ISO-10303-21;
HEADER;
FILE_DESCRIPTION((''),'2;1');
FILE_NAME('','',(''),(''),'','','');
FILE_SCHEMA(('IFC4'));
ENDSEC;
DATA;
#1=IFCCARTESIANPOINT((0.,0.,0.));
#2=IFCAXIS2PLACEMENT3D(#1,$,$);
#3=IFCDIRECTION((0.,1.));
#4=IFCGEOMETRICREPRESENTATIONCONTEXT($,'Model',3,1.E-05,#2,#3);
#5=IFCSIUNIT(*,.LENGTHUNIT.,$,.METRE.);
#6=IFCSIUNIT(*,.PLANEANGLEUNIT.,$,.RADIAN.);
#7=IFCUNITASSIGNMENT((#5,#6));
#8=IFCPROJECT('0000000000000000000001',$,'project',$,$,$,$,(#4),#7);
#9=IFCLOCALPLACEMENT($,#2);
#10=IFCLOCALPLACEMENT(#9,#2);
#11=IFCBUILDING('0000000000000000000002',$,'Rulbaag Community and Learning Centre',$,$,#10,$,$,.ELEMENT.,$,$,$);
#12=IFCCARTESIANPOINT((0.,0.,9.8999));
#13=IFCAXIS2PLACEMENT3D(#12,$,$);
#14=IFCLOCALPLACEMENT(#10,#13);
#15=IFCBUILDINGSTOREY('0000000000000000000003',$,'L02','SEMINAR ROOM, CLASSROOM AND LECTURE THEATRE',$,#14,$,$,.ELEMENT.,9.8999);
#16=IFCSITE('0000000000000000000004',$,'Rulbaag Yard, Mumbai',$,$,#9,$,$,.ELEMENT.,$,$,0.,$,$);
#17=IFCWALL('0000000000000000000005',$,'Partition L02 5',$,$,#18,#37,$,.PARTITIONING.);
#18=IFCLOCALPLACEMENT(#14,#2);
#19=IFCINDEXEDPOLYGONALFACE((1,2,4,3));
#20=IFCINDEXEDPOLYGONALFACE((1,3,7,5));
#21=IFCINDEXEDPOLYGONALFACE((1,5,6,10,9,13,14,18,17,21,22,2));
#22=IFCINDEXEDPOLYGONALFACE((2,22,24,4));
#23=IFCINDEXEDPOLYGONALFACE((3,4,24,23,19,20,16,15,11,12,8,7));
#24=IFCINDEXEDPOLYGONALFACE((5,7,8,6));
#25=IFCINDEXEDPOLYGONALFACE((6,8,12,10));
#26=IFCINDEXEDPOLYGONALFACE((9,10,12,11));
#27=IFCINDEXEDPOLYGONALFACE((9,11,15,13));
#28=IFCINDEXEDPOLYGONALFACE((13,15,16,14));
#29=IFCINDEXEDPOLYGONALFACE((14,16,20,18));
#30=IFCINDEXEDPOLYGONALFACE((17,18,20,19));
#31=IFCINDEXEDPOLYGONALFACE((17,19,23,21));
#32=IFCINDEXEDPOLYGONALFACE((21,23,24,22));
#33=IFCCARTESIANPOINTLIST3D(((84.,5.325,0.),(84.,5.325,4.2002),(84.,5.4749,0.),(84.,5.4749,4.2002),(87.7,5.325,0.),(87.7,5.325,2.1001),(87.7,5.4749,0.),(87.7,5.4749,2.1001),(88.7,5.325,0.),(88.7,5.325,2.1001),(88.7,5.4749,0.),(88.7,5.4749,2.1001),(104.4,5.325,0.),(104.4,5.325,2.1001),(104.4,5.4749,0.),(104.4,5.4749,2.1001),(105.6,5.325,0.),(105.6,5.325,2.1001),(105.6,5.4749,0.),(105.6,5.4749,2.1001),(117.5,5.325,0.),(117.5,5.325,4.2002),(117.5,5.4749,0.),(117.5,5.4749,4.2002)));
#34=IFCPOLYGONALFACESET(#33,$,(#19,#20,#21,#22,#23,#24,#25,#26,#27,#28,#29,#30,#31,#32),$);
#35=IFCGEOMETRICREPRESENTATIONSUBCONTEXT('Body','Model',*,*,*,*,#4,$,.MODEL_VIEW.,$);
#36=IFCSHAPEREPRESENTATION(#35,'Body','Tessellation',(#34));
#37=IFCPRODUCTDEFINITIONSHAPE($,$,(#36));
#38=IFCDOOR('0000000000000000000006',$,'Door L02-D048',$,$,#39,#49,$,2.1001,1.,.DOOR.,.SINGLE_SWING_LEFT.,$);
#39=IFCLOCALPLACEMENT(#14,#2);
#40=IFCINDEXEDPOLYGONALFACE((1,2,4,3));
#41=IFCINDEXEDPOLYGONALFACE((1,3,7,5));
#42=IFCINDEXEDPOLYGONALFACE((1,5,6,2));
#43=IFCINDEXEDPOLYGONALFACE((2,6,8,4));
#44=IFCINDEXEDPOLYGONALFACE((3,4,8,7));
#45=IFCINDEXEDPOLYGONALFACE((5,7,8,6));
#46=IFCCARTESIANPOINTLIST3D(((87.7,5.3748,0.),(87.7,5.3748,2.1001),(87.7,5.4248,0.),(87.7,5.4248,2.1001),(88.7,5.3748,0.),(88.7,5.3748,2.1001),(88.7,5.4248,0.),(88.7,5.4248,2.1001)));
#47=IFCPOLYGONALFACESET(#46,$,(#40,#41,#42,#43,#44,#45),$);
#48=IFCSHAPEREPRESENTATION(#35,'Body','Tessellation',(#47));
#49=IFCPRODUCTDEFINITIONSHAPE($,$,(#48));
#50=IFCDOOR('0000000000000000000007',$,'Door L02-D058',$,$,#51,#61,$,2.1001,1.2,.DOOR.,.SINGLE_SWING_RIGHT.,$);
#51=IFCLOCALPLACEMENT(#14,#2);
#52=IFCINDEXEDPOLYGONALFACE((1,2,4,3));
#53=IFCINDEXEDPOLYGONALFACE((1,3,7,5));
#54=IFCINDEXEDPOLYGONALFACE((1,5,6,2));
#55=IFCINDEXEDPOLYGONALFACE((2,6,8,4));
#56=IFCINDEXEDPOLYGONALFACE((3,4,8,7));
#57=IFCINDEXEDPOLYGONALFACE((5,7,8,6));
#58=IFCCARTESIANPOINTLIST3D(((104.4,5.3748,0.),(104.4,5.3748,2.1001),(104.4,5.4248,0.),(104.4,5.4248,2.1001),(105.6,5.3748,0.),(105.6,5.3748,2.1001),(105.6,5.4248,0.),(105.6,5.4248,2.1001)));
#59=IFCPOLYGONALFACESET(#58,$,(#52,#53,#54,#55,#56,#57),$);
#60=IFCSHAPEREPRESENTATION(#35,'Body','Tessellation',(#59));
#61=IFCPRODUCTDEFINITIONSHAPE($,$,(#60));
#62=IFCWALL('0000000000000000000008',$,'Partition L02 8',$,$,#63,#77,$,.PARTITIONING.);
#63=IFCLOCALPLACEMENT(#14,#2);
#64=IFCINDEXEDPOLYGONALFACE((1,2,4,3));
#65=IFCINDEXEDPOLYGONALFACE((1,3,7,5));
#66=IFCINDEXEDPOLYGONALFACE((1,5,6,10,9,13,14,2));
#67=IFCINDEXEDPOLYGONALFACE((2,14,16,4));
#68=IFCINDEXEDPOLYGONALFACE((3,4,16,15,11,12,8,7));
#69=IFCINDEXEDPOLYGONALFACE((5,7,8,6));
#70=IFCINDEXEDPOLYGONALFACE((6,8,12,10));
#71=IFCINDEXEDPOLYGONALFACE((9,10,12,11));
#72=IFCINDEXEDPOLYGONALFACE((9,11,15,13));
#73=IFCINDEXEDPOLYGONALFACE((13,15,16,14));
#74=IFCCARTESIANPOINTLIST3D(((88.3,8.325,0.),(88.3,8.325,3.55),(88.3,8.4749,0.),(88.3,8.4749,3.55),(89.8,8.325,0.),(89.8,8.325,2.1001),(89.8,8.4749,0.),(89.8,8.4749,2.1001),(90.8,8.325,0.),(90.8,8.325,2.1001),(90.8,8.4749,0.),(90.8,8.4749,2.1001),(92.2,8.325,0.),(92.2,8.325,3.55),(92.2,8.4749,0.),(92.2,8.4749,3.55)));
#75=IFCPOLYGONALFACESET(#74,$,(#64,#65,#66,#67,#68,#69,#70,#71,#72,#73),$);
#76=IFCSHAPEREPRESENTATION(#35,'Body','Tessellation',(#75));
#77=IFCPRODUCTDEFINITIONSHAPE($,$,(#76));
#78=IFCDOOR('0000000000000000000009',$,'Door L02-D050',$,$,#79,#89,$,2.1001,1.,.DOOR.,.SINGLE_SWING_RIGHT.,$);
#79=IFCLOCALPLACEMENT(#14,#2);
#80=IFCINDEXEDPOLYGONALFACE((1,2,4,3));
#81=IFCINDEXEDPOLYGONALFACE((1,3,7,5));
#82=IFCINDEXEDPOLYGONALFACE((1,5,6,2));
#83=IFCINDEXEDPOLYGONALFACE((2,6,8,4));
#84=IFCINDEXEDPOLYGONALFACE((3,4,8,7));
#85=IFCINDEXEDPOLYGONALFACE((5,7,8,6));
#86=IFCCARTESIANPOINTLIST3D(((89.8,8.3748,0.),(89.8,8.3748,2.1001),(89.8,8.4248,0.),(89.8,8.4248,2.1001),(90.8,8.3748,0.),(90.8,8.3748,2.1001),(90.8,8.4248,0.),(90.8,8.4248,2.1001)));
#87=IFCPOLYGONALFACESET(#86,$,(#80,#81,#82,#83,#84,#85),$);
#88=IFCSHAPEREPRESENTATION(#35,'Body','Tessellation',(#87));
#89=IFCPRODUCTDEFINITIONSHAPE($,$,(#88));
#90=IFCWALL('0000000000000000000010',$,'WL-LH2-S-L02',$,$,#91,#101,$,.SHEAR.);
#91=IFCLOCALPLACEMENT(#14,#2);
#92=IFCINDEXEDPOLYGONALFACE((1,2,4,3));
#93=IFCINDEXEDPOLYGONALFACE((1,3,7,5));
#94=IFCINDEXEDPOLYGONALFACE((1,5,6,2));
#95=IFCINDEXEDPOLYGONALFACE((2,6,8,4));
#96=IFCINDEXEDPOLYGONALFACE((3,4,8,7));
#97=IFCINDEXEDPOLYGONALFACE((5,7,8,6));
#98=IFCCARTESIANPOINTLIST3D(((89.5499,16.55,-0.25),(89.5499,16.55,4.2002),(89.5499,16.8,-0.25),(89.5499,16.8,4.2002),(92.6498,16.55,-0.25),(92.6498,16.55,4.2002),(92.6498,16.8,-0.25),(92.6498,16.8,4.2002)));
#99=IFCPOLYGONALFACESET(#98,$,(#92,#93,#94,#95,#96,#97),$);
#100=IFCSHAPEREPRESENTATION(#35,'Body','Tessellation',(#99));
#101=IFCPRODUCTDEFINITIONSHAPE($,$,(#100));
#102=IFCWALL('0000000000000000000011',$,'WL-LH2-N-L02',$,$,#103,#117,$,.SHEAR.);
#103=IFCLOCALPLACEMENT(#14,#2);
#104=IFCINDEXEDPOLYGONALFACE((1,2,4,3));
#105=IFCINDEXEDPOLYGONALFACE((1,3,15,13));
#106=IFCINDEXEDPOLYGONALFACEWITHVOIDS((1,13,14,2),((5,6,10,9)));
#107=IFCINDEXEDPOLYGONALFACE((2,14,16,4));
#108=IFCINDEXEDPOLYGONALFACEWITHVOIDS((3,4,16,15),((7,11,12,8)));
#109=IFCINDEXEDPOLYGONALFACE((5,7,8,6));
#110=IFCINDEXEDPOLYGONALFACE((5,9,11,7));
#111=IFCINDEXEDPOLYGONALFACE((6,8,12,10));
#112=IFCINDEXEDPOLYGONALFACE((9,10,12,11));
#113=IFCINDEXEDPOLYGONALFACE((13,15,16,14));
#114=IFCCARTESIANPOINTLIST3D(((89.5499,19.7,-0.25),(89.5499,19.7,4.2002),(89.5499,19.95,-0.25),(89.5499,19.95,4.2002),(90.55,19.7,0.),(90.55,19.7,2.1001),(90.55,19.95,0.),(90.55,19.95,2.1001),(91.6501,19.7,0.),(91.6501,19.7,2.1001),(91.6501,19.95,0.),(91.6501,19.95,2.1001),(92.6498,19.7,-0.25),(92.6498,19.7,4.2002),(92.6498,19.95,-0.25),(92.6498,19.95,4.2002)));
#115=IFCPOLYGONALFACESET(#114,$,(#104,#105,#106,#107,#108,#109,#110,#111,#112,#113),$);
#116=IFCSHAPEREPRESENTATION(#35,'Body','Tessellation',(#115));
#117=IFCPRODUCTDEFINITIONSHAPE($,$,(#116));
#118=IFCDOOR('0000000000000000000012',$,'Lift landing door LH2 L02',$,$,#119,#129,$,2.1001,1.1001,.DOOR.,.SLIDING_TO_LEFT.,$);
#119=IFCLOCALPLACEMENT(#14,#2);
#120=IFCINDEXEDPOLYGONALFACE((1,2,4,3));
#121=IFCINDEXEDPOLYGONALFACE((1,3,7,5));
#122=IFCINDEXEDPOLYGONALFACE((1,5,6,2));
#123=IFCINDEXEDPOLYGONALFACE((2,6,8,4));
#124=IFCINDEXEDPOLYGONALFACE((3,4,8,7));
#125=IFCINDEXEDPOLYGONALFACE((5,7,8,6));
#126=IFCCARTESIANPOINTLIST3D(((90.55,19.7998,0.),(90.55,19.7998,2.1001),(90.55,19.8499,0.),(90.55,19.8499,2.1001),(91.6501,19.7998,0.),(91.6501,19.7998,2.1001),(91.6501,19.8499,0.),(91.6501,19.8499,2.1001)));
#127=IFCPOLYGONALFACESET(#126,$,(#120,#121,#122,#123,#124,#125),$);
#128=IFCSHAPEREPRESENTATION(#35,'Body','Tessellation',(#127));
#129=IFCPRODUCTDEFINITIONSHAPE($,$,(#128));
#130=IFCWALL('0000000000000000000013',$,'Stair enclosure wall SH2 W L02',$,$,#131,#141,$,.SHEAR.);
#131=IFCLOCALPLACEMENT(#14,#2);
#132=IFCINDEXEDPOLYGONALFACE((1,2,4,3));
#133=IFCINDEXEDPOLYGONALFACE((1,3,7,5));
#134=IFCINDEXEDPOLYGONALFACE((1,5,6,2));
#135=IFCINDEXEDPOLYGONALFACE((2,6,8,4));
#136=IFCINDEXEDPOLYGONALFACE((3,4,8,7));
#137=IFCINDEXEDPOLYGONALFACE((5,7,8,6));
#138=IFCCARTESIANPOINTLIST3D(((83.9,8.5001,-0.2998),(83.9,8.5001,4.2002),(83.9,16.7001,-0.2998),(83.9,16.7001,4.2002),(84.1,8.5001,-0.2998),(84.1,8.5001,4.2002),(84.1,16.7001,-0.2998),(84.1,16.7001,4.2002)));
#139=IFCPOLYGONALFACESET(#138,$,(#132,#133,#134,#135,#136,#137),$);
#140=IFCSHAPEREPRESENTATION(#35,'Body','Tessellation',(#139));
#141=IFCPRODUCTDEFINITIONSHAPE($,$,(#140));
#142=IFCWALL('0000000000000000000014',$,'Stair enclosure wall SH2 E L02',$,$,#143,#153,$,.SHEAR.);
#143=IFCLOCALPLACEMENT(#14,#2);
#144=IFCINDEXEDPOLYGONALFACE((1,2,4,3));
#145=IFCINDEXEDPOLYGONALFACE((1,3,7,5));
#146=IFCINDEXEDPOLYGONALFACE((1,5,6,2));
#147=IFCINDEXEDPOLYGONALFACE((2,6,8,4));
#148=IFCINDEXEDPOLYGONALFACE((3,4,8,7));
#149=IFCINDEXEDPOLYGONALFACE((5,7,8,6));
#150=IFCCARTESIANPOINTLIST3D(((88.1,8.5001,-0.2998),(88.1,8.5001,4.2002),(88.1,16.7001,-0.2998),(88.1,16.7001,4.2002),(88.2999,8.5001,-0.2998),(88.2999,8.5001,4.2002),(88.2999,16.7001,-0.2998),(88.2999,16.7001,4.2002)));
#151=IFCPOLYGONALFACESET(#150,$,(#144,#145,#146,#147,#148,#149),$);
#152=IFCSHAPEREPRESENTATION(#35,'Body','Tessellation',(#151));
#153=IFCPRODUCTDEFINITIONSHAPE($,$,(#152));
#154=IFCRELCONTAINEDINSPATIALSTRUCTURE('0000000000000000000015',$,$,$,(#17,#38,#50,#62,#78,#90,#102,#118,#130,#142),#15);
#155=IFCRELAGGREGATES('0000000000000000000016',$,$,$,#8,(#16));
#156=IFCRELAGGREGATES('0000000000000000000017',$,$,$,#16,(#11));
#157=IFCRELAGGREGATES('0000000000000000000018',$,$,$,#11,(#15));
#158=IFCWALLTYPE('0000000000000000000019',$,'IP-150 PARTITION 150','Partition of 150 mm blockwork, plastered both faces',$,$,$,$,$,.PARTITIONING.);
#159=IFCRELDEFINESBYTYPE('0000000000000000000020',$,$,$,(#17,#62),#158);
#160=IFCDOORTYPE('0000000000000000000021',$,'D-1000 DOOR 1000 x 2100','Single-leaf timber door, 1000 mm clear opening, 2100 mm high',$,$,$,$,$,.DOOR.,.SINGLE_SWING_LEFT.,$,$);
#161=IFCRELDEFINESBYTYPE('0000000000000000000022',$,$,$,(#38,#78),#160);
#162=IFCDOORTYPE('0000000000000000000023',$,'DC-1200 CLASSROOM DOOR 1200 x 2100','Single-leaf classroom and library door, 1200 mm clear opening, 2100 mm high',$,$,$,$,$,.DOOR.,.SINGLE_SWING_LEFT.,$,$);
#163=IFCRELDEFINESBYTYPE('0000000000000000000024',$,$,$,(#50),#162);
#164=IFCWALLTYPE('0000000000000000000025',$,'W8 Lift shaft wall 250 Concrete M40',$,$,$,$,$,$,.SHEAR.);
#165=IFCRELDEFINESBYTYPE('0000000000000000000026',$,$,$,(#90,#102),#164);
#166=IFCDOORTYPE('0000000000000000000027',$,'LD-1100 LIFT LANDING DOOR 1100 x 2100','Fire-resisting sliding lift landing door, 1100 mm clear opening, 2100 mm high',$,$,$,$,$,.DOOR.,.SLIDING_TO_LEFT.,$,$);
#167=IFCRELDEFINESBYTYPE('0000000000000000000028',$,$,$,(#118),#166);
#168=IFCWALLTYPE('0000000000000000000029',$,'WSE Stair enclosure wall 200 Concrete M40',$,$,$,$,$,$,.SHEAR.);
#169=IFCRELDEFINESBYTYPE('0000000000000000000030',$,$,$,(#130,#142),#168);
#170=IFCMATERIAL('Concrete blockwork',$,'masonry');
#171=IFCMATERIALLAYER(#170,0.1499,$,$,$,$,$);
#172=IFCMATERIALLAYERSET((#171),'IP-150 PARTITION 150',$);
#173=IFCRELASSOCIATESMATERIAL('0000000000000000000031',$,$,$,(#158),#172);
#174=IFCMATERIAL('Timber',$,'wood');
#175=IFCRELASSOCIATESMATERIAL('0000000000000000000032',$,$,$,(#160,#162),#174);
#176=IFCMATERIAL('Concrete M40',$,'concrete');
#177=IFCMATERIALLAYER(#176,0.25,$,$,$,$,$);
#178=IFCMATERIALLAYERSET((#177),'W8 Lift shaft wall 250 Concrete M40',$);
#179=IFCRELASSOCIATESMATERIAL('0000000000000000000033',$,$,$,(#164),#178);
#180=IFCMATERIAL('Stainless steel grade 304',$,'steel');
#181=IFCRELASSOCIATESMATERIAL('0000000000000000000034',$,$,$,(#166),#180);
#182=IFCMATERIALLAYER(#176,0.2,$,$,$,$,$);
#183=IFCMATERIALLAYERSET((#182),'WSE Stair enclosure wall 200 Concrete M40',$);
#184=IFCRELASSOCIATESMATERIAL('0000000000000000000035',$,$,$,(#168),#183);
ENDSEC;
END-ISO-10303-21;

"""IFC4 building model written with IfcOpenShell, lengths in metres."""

from ifc_helpers import new_model, si_unit, direction, frame, frame_2d, origin, place, context, subcontext, project, spatial, rectangle, extrude, material, layer, layer_set, type_object, element, fill, save


model = new_model("IFC4")

# Units and contexts
model_context = context("Model", 3, precision=1e-05, world=origin(), true_north=direction((0.0, 1.0)))
body_context = subcontext(model_context, "Body", "Model", "MODEL_VIEW")
ifc_project = project(units=[si_unit("LENGTHUNIT", "METRE"), si_unit("PLANEANGLEUNIT", "RADIAN")], contexts=[model_context])

# Site, building, storey
site_placement = place(None, origin())
site = spatial("IfcSite", under=ifc_project, at=site_placement, Name="Rulbaag Yard, Mumbai", CompositionType="ELEMENT", RefElevation=0.0)
building_placement = place(site_placement, origin())
building = spatial("IfcBuilding", under=site, at=building_placement, Name="Rulbaag Community and Learning Centre", CompositionType="ELEMENT")
storey_placement = place(building_placement, frame((0.0, 0.0, 9.8999)))
storey = spatial("IfcBuildingStorey", under=building, at=storey_placement, Name="L02", Description="SEMINAR ROOM, CLASSROOM AND LECTURE THEATRE", CompositionType="ELEMENT", Elevation=9.8999)

# Shared definitions
ifc_material_1 = material(Name="Concrete M40", Category="concrete")

# Shared definitions
ifc_material_2 = material(Name="Concrete blockwork", Category="masonry")

# Shared definitions
ifc_layer_1 = layer(ifc_material_2, 0.1499)
ifc_layer_set_1 = layer_set([ifc_layer_1], Name="IP-150 PARTITION 150")
wall_type_1 = type_object("IfcWallType", Name="IP-150 PARTITION 150", Description="Partition of 150 mm blockwork, plastered both faces", PredefinedType="PARTITIONING", material=ifc_layer_set_1)

# Wall, openings, doors
wall_1_placement = place(storey_placement, frame((84.0, 5.3999, 0.0), z_axis=(0.0, 0.0, 1.0), x_axis=(1.0, 0.0, 0.0)))
wall_1 = element("IfcWall", 1, at=wall_1_placement, inside=storey, type_object=wall_type_1, Name="Partition L02 5", PredefinedType="PARTITIONING", context=body_context, shape_type="SweptSolid", body=[
    extrude(rectangle(XDim=33.5, YDim=0.1499, at=frame_2d((16.75, 0.0))), origin(), (0.0, 0.0, 1.0), 4.2002),
])
opening_1_placement = place(wall_1_placement, frame((3.7, 0.0, 0.0)))
opening_1 = element("IfcOpeningElement", 2, at=opening_1_placement, cuts=wall_1, PredefinedType="OPENING", context=body_context, shape_type="SweptSolid", body=[
    extrude(rectangle(XDim=1.0, YDim=2.1001, at=frame_2d((0.5, 1.05))), frame((0.0, 0.085, 0.0), z_axis=(0.0, -1.0, 0.0), x_axis=(1.0, 0.0, 0.0)), (0.0, 0.0, 1.0), 0.1699),
])
opening_2_placement = place(wall_1_placement, frame((20.3999, 0.0, 0.0)))
opening_2 = element("IfcOpeningElement", 3, at=opening_2_placement, cuts=wall_1, PredefinedType="OPENING", context=body_context, shape_type="SweptSolid", body=[
    extrude(rectangle(XDim=1.2, YDim=2.1001, at=frame_2d((0.6001, 1.05))), frame((0.0, 0.085, 0.0), z_axis=(0.0, -1.0, 0.0), x_axis=(1.0, 0.0, 0.0)), (0.0, 0.0, 1.0), 0.1699),
])
ifc_material_3 = material(Name="Timber", Category="wood")
door_type_1 = type_object("IfcDoorType", Name="D-1000 DOOR 1000 x 2100", Description="Single-leaf timber door, 1000 mm clear opening, 2100 mm high", OperationType="SINGLE_SWING_LEFT", PredefinedType="DOOR", material=ifc_material_3)
door_1_placement = place(opening_1_placement, origin())
door_1 = element("IfcDoor", 4, at=door_1_placement, inside=storey, type_object=door_type_1, Name="Door L02-D048", OperationType="SINGLE_SWING_LEFT", OverallHeight=2.1001, OverallWidth=1.0, PredefinedType="DOOR", context=body_context, shape_type="SweptSolid", body=[
    extrude(rectangle(XDim=1.0, YDim=2.1001, at=frame_2d((0.5, 1.05))), frame((0.0, 0.0249, 0.0), z_axis=(0.0, -1.0, 0.0), x_axis=(1.0, 0.0, 0.0)), (0.0, 0.0, 1.0), 0.05),
])
fill(opening_1, door_1)
door_type_2 = type_object("IfcDoorType", Name="DC-1200 CLASSROOM DOOR 1200 x 2100", Description="Single-leaf classroom and library door, 1200 mm clear opening, 2100 mm high", OperationType="SINGLE_SWING_LEFT", PredefinedType="DOOR", material=ifc_material_3)
door_2_placement = place(opening_2_placement, origin())
door_2 = element("IfcDoor", 5, at=door_2_placement, inside=storey, type_object=door_type_2, Name="Door L02-D058", OperationType="SINGLE_SWING_RIGHT", OverallHeight=2.1001, OverallWidth=1.2, PredefinedType="DOOR", context=body_context, shape_type="SweptSolid", body=[
    extrude(rectangle(XDim=1.2, YDim=2.1001, at=frame_2d((0.6001, 1.05))), frame((0.0, 0.0249, 0.0), z_axis=(0.0, -1.0, 0.0), x_axis=(1.0, 0.0, 0.0)), (0.0, 0.0, 1.0), 0.05),
])
fill(opening_2, door_2)

# Wall, opening, door
wall_2_placement = place(storey_placement, frame((88.3, 8.3999, 0.0), z_axis=(0.0, 0.0, 1.0), x_axis=(1.0, 0.0, 0.0)))
wall_2 = element("IfcWall", 6, at=wall_2_placement, inside=storey, type_object=wall_type_1, Name="Partition L02 8", PredefinedType="PARTITIONING", context=body_context, shape_type="SweptSolid", body=[
    extrude(rectangle(XDim=3.8999, YDim=0.1499, at=frame_2d((1.95, 0.0))), origin(), (0.0, 0.0, 1.0), 3.55),
])
opening_3_placement = place(wall_2_placement, frame((1.5, 0.0, 0.0)))
opening_3 = element("IfcOpeningElement", 7, at=opening_3_placement, cuts=wall_2, PredefinedType="OPENING", context=body_context, shape_type="SweptSolid", body=[
    extrude(rectangle(XDim=1.0, YDim=2.1001, at=frame_2d((0.5, 1.05))), frame((0.0, 0.085, 0.0), z_axis=(0.0, -1.0, 0.0), x_axis=(1.0, 0.0, 0.0)), (0.0, 0.0, 1.0), 0.1699),
])
door_3_placement = place(opening_3_placement, origin())
door_3 = element("IfcDoor", 8, at=door_3_placement, inside=storey, type_object=door_type_1, Name="Door L02-D050", OperationType="SINGLE_SWING_RIGHT", OverallHeight=2.1001, OverallWidth=1.0, PredefinedType="DOOR", context=body_context, shape_type="SweptSolid", body=[
    extrude(rectangle(XDim=1.0, YDim=2.1001, at=frame_2d((0.5, 1.05))), frame((0.0, 0.0249, 0.0), z_axis=(0.0, -1.0, 0.0), x_axis=(1.0, 0.0, 0.0)), (0.0, 0.0, 1.0), 0.05),
])
fill(opening_3, door_3)

# Wall
ifc_layer_2 = layer(ifc_material_1, 0.25)
ifc_layer_set_2 = layer_set([ifc_layer_2], Name="W8 Lift shaft wall 250 Concrete M40")
wall_type_2 = type_object("IfcWallType", Name="W8 Lift shaft wall 250 Concrete M40", PredefinedType="SHEAR", material=ifc_layer_set_2)
wall_3_placement = place(storey_placement, frame((89.55, 16.675, -0.25), z_axis=(0.0, 0.0, 1.0), x_axis=(1.0, 0.0, 0.0)))
element("IfcWall", 9, at=wall_3_placement, inside=storey, type_object=wall_type_2, Name="WL-LH2-S-L02", PredefinedType="SHEAR", context=body_context, shape_type="SweptSolid", body=[
    extrude(rectangle(XDim=3.0999, YDim=0.25, at=frame_2d((1.5498, 0.0))), origin(), (0.0, 0.0, 1.0), 4.4502),
])

# Wall, opening, door
wall_4_placement = place(storey_placement, frame((89.55, 19.825, -0.25), z_axis=(0.0, 0.0, 1.0), x_axis=(1.0, 0.0, 0.0)))
wall_4 = element("IfcWall", 10, at=wall_4_placement, inside=storey, type_object=wall_type_2, Name="WL-LH2-N-L02", PredefinedType="SHEAR", context=body_context, shape_type="SweptSolid", body=[
    extrude(rectangle(XDim=3.0999, YDim=0.25, at=frame_2d((1.5498, 0.0))), origin(), (0.0, 0.0, 1.0), 4.4502),
])
opening_4_placement = place(wall_4_placement, frame((1.0, 0.0, 0.25)))
opening_4 = element("IfcOpeningElement", 11, at=opening_4_placement, cuts=wall_4, PredefinedType="OPENING", context=body_context, shape_type="SweptSolid", body=[
    extrude(rectangle(XDim=1.1001, YDim=2.1001, at=frame_2d((0.55, 1.05))), frame((0.0, 0.135, 0.0), z_axis=(0.0, -1.0, 0.0), x_axis=(1.0, 0.0, 0.0)), (0.0, 0.0, 1.0), 0.27),
])
ifc_material_4 = material(Name="Stainless steel grade 304", Category="steel")
door_type_3 = type_object("IfcDoorType", Name="LD-1100 LIFT LANDING DOOR 1100 x 2100", Description="Fire-resisting sliding lift landing door, 1100 mm clear opening, 2100 mm high", OperationType="SLIDING_TO_LEFT", PredefinedType="DOOR", material=ifc_material_4)
door_4_placement = place(opening_4_placement, origin())
door_4 = element("IfcDoor", 12, at=door_4_placement, inside=storey, type_object=door_type_3, Name="Lift landing door LH2 L02", OperationType="SLIDING_TO_LEFT", OverallHeight=2.1001, OverallWidth=1.1001, PredefinedType="DOOR", context=body_context, shape_type="SweptSolid", body=[
    extrude(rectangle(XDim=1.1001, YDim=2.1001, at=frame_2d((0.55, 1.05))), frame((0.0, 0.0249, 0.0), z_axis=(0.0, -1.0, 0.0), x_axis=(1.0, 0.0, 0.0)), (0.0, 0.0, 1.0), 0.05),
])
fill(opening_4, door_4)

# Walls
ifc_layer_3 = layer(ifc_material_1, 0.2)
ifc_layer_set_3 = layer_set([ifc_layer_3], Name="WSE Stair enclosure wall 200 Concrete M40")
wall_type_3 = type_object("IfcWallType", Name="WSE Stair enclosure wall 200 Concrete M40", PredefinedType="SHEAR", material=ifc_layer_set_3)
for number, where, z_axis, x_axis, name in (
    (13, (84.0, 8.5, -0.2998), (0.0, 0.0, 1.0), (0.0, 1.0, 0.0), "Stair enclosure wall SH2 W L02"),
    (14, (88.2, 8.5, -0.2998), (0.0, 0.0, 1.0), (0.0, 1.0, 0.0), "Stair enclosure wall SH2 E L02"),
):
    element("IfcWall", number, at=place(storey_placement, frame(where, z_axis=z_axis, x_axis=x_axis)), inside=storey, type_object=wall_type_3, Name=name, PredefinedType="SHEAR", context=body_context, shape_type="SweptSolid", body=[
        extrude(rectangle(XDim=8.2, YDim=0.2, at=frame_2d((4.1001, 0.0))), origin(), (0.0, 0.0, 1.0), 4.5),
    ])

save(model, "model.ifc")
